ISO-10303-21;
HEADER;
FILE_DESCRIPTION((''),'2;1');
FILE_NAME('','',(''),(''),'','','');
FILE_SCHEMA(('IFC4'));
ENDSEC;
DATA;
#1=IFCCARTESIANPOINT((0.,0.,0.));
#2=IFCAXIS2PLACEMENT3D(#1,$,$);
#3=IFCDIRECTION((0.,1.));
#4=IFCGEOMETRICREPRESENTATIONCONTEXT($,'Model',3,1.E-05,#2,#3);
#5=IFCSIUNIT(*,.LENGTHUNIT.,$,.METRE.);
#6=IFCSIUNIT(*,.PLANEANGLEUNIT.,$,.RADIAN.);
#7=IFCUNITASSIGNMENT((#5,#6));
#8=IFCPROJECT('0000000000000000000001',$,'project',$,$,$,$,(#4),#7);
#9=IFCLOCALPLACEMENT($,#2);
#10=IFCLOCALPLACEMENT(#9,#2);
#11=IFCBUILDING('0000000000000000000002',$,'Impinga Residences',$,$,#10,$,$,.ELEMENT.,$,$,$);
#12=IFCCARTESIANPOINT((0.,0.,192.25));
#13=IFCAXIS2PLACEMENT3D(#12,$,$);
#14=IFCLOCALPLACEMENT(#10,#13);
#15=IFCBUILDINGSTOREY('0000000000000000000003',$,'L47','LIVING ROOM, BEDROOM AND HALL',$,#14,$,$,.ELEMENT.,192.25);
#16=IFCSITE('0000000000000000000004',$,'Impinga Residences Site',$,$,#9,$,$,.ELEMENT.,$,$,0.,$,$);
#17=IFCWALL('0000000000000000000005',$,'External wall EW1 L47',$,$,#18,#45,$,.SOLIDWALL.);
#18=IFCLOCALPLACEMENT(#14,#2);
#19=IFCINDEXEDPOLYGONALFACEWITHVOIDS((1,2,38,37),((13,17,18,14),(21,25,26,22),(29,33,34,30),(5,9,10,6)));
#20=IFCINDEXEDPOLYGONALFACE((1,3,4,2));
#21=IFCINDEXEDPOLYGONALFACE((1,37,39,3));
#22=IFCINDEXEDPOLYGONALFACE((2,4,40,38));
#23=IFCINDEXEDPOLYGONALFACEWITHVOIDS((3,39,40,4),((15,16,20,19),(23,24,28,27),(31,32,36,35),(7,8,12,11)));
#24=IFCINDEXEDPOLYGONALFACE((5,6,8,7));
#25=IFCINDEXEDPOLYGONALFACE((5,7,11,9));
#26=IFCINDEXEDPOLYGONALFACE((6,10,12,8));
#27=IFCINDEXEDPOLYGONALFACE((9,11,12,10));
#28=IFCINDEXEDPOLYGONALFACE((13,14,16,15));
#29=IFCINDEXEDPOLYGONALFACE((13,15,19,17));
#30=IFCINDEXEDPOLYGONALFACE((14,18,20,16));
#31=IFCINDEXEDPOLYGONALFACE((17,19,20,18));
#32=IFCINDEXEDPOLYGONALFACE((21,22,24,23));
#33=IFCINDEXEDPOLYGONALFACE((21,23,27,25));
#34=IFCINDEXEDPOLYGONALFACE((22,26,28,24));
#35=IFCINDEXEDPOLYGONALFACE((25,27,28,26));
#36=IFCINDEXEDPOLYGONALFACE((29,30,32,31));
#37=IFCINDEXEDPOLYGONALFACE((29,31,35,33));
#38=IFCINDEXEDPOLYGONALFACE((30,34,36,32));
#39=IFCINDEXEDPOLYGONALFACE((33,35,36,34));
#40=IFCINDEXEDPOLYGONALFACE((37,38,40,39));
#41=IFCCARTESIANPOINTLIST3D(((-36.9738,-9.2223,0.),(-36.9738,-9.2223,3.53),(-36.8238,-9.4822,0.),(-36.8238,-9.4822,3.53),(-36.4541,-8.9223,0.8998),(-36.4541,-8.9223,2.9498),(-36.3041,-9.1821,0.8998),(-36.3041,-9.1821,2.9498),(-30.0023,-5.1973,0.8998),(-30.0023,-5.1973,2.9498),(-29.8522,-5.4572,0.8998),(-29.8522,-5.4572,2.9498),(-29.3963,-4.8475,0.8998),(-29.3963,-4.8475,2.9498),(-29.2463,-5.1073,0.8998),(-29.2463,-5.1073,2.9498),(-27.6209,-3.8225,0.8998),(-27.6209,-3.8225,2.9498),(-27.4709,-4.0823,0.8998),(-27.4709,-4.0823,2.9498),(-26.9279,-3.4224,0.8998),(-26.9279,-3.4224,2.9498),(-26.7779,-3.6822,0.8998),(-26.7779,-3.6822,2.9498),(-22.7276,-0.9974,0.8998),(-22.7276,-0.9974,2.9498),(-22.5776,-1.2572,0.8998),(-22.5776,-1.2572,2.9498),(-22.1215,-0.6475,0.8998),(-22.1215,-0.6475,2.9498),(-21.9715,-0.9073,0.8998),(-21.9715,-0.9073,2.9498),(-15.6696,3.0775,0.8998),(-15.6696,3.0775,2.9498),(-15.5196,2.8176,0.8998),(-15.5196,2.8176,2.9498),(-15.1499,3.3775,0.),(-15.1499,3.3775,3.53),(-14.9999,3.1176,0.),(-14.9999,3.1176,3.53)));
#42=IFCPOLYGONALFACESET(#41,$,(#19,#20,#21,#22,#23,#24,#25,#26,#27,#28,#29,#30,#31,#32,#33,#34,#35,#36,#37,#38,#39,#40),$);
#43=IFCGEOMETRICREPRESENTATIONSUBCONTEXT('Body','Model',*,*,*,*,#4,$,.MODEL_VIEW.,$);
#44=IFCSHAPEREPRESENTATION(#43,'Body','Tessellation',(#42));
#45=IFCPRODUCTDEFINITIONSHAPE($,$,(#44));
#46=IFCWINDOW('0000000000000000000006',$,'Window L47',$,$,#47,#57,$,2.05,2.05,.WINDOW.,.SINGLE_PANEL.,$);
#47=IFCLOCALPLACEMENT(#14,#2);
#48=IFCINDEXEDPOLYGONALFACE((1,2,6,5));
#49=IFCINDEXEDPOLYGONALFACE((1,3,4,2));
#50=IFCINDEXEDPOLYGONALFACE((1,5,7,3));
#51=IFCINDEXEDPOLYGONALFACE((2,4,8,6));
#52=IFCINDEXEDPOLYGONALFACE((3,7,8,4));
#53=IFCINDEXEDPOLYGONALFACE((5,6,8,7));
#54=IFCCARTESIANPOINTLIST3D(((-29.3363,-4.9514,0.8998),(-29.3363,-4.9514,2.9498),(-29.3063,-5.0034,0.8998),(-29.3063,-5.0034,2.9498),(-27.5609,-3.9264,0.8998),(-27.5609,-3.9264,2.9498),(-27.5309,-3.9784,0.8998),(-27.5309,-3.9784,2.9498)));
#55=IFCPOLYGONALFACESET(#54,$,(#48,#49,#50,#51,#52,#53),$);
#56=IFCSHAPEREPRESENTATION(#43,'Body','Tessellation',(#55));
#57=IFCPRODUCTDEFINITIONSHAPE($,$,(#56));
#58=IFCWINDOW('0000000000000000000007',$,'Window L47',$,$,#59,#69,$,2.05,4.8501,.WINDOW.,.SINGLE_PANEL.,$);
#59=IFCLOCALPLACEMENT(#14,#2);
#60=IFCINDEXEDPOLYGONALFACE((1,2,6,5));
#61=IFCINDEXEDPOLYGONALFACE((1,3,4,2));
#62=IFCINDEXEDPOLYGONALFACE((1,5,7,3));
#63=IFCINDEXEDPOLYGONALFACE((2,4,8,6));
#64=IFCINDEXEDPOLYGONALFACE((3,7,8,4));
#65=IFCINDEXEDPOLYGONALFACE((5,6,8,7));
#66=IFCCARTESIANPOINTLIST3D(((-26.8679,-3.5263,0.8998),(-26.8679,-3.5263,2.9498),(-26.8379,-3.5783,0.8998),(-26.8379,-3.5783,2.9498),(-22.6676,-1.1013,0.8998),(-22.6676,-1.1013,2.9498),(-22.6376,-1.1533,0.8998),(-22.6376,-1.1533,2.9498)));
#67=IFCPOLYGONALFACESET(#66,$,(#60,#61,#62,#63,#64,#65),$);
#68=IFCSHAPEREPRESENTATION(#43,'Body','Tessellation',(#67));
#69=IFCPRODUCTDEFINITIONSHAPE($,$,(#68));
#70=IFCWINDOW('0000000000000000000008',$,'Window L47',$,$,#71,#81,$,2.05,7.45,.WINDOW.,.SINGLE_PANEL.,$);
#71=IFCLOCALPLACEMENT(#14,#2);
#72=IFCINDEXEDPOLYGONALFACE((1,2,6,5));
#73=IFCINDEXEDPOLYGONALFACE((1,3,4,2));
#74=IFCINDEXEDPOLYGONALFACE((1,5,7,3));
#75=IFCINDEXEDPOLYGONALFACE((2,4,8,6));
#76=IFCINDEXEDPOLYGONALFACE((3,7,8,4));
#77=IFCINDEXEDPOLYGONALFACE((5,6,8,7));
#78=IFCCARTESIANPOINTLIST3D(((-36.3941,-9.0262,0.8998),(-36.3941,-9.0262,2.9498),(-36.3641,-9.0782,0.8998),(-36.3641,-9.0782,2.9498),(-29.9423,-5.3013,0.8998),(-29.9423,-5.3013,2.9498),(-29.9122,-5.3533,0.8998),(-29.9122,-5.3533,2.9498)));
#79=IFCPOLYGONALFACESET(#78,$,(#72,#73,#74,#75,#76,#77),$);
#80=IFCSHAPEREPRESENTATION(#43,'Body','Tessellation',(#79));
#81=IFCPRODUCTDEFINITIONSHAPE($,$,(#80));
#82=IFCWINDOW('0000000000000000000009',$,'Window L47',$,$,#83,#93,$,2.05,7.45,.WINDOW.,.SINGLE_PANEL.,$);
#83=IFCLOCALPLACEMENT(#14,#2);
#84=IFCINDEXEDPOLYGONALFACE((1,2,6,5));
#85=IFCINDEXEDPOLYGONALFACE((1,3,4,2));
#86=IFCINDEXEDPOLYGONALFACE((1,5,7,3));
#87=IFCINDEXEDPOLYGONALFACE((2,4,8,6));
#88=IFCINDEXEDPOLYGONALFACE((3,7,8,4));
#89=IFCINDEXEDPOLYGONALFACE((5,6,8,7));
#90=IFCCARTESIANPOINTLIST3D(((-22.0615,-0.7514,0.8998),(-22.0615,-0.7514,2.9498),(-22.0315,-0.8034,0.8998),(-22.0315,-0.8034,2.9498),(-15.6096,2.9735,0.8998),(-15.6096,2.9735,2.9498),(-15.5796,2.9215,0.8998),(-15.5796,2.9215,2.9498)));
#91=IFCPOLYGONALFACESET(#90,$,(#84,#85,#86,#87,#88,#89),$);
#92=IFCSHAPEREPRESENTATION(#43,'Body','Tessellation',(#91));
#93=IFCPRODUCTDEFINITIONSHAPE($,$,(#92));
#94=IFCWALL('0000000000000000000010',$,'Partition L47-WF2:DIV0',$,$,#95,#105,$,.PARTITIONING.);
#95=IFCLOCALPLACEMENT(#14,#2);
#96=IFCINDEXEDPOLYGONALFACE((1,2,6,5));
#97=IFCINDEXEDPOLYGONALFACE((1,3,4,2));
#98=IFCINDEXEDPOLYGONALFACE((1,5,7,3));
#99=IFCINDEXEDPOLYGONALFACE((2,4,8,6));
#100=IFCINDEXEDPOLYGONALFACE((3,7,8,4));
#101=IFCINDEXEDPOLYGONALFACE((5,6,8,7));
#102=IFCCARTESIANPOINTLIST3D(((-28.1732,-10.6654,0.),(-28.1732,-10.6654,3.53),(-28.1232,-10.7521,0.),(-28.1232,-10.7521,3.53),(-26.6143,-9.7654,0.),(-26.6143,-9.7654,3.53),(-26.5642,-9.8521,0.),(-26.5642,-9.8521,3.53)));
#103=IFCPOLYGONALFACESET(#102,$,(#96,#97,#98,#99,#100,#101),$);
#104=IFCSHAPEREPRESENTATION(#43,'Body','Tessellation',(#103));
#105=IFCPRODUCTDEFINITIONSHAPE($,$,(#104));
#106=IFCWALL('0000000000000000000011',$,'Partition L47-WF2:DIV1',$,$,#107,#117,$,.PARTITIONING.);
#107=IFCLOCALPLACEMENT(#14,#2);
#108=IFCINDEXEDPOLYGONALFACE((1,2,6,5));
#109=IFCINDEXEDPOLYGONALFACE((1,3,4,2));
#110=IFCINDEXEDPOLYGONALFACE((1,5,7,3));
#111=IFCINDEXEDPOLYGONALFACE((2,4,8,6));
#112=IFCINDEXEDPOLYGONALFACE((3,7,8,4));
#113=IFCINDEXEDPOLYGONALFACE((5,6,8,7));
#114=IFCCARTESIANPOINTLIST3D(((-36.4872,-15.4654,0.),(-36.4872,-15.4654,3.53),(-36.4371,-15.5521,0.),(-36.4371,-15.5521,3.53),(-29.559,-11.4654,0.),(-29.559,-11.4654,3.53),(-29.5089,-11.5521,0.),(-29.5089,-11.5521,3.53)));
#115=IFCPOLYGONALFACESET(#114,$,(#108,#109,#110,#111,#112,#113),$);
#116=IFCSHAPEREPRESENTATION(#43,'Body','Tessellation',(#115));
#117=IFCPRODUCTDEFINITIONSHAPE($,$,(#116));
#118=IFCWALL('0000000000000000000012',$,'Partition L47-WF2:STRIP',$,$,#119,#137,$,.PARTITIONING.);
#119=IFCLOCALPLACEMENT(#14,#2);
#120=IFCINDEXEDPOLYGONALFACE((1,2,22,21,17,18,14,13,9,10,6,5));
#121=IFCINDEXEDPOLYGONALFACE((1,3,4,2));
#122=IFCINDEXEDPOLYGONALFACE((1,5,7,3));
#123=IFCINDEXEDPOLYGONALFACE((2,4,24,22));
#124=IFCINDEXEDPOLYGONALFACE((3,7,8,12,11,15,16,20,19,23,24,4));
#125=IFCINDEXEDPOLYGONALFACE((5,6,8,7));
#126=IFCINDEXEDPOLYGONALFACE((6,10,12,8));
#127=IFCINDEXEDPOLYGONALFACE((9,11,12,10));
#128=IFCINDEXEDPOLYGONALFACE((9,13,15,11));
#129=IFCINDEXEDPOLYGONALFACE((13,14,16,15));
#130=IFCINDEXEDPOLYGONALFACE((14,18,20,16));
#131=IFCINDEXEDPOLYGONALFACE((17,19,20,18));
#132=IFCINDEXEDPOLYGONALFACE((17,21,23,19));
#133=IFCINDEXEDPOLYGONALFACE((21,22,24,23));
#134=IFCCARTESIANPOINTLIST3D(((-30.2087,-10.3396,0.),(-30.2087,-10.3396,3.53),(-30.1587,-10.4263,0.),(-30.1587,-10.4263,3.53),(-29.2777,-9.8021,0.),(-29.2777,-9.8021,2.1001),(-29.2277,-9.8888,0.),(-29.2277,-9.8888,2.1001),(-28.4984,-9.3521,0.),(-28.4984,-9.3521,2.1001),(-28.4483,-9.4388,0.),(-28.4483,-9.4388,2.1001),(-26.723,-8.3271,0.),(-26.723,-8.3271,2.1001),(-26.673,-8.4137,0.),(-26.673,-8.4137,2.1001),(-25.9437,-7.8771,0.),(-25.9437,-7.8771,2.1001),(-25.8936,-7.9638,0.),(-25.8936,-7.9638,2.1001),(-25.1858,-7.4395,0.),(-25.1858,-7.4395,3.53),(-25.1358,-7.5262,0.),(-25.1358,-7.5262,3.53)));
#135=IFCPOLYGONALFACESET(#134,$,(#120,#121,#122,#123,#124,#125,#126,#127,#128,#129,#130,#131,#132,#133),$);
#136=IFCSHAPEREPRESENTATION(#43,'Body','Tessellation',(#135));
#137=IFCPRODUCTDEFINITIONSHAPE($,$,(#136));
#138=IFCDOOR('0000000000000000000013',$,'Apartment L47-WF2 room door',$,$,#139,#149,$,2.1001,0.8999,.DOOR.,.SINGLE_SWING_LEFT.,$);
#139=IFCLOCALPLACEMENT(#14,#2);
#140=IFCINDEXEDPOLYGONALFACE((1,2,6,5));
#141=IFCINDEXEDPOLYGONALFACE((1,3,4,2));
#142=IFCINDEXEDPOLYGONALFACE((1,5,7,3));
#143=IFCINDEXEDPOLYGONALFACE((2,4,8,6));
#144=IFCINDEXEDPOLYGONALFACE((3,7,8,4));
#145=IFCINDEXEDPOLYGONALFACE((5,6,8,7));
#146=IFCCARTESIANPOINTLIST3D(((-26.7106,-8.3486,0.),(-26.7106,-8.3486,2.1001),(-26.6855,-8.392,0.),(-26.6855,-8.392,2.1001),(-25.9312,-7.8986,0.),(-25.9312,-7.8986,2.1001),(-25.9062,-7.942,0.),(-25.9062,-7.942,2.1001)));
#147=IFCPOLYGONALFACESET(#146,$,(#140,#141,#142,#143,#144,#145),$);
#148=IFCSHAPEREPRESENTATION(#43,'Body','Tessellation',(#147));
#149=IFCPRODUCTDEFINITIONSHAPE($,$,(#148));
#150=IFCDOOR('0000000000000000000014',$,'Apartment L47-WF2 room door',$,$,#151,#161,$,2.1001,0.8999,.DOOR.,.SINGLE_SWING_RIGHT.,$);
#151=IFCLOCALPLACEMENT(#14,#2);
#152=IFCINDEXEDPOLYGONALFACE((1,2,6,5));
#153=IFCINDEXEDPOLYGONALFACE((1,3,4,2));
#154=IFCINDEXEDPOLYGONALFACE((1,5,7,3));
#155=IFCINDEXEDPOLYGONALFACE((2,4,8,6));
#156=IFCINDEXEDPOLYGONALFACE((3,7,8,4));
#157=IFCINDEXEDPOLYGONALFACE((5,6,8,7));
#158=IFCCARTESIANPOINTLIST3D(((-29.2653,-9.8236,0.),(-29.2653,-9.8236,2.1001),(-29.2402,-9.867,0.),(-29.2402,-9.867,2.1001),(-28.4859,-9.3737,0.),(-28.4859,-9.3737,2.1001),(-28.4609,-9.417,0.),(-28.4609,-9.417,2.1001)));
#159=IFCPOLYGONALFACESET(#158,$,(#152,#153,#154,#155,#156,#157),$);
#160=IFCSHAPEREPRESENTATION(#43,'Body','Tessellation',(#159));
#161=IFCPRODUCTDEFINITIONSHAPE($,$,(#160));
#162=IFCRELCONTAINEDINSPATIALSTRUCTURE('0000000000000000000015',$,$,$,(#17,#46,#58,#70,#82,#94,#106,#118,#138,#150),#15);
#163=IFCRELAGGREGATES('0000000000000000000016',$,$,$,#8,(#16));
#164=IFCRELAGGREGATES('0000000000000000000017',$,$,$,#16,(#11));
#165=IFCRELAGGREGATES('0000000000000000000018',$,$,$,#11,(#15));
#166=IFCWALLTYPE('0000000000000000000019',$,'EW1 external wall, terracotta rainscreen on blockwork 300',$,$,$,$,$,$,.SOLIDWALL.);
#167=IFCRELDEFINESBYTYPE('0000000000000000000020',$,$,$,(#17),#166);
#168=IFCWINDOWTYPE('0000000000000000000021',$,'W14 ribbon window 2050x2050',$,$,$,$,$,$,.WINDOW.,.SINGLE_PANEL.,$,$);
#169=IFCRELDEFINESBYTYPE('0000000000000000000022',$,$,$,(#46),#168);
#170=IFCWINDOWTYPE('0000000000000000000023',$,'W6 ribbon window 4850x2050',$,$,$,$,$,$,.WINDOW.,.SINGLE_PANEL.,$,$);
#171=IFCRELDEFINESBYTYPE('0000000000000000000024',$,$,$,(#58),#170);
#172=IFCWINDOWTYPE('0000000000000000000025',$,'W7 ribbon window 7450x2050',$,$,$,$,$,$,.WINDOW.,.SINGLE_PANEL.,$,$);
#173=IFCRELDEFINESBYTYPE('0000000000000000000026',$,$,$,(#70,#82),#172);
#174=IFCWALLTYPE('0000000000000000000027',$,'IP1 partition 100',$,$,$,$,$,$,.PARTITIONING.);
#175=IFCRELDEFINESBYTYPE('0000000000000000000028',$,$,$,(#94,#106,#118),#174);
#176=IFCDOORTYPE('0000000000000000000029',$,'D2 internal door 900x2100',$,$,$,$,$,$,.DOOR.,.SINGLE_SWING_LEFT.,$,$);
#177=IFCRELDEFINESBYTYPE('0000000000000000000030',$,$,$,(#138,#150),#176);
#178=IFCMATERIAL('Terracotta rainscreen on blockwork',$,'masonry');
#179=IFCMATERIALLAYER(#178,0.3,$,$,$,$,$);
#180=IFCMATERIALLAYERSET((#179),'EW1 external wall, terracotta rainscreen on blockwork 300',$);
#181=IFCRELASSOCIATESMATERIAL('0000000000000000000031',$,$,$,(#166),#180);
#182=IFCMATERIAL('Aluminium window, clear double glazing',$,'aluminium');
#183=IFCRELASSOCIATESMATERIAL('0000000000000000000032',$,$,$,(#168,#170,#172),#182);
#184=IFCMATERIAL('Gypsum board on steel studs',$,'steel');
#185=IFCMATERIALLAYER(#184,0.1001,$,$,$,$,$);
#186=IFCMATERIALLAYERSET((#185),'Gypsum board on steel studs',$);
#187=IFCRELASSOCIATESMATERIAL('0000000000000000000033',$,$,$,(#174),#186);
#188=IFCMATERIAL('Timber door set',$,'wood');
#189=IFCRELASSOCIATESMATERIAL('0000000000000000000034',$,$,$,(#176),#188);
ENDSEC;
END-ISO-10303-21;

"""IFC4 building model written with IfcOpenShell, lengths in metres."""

from ifc_helpers import new_model, si_unit, direction, frame, frame_2d, origin, place, context, subcontext, project, spatial, rectangle, extrude, material, layer, layer_set, type_object, element, fill, save


model = new_model("IFC4")

# Units and contexts
model_context = context("Model", 3, precision=1e-05, world=origin(), true_north=direction((0.0, 1.0)))
body_context = subcontext(model_context, "Body", "Model", "MODEL_VIEW")
ifc_project = project(units=[si_unit("LENGTHUNIT", "METRE"), si_unit("PLANEANGLEUNIT", "RADIAN")], contexts=[model_context])

# Site, building, storey
site_placement = place(None, origin())
site = spatial("IfcSite", under=ifc_project, at=site_placement, Name="Impinga Residences Site", CompositionType="ELEMENT", RefElevation=0.0)
building_placement = place(site_placement, origin())
building = spatial("IfcBuilding", under=site, at=building_placement, Name="Impinga Residences", CompositionType="ELEMENT")
storey_placement = place(building_placement, frame((0.0, 0.0, 192.25)))
storey = spatial("IfcBuildingStorey", under=building, at=storey_placement, Name="L47", Description="LIVING ROOM, BEDROOM AND HALL", CompositionType="ELEMENT", Elevation=192.25)

# Shared definitions
ifc_material_1 = material(Name="Terracotta rainscreen on blockwork", Category="masonry")
ifc_layer_1 = layer(ifc_material_1, 0.3)
ifc_layer_set_1 = layer_set([ifc_layer_1], Name="EW1 external wall, terracotta rainscreen on blockwork 300")
wall_type_1 = type_object("IfcWallType", Name="EW1 external wall, terracotta rainscreen on blockwork 300", PredefinedType="SOLIDWALL", material=ifc_layer_set_1)

# Wall, openings, windows
wall_1_placement = place(storey_placement, frame((-36.8989, -9.3523, 0.0), z_axis=(0.0, 0.0, 1.0), x_axis=(0.866029, 0.499993, 0.0)))
wall_1 = element("IfcWall", 1, at=wall_1_placement, inside=storey, type_object=wall_type_1, Name="External wall EW1 L47", PredefinedType="SOLIDWALL", context=body_context, shape_type="SweptSolid", body=[
    extrude(rectangle(XDim=25.2, YDim=0.3, at=frame_2d((12.6001, 0.0))), origin(), (0.0, 0.0, 1.0), 3.53),
])
opening_1_placement = place(wall_1_placement, frame((0.6001, 0.0, 0.8999)))
opening_1 = element("IfcOpeningElement", 2, at=opening_1_placement, cuts=wall_1, PredefinedType="OPENING", context=body_context, shape_type="SweptSolid", body=[
    extrude(rectangle(XDim=7.45, YDim=2.05, at=frame_2d((3.7251, 1.0249))), frame((0.0, 0.1599, 0.0), z_axis=(0.0, -1.0, 0.0), x_axis=(1.0, 0.0, 0.0)), (0.0, 0.0, 1.0), 0.3201),
])
opening_2_placement = place(wall_1_placement, frame((8.75, 0.0, 0.8999)))
opening_2 = element("IfcOpeningElement", 3, at=opening_2_placement, cuts=wall_1, PredefinedType="OPENING", context=body_context, shape_type="SweptSolid", body=[
    extrude(rectangle(XDim=2.05, YDim=2.05, at=frame_2d((1.0249, 1.0249))), frame((0.0, 0.1599, 0.0), z_axis=(0.0, -1.0, 0.0), x_axis=(1.0, 0.0, 0.0)), (0.0, 0.0, 1.0), 0.3201),
])
opening_3_placement = place(wall_1_placement, frame((11.6001, 0.0, 0.8999)))
opening_3 = element("IfcOpeningElement", 4, at=opening_3_placement, cuts=wall_1, PredefinedType="OPENING", context=body_context, shape_type="SweptSolid", body=[
    extrude(rectangle(XDim=4.8501, YDim=2.05, at=frame_2d((2.425, 1.0249))), frame((0.0, 0.1599, 0.0), z_axis=(0.0, -1.0, 0.0), x_axis=(1.0, 0.0, 0.0)), (0.0, 0.0, 1.0), 0.3201),
])
opening_4_placement = place(wall_1_placement, frame((17.1499, 0.0, 0.8999)))
opening_4 = element("IfcOpeningElement", 5, at=opening_4_placement, cuts=wall_1, PredefinedType="OPENING", context=body_context, shape_type="SweptSolid", body=[
    extrude(rectangle(XDim=7.45, YDim=2.05, at=frame_2d((3.7251, 1.0249))), frame((0.0, 0.1599, 0.0), z_axis=(0.0, -1.0, 0.0), x_axis=(1.0, 0.0, 0.0)), (0.0, 0.0, 1.0), 0.3201),
])
ifc_material_2 = material(Name="Aluminium window, clear double glazing", Category="aluminium")
window_type_1 = type_object("IfcWindowType", Name="W14 ribbon window 2050x2050", PartitioningType="SINGLE_PANEL", PredefinedType="WINDOW", material=ifc_material_2)
window_1_placement = place(opening_2_placement, origin())
window_1 = element("IfcWindow", 6, at=window_1_placement, inside=storey, type_object=window_type_1, Name="Window L47", OverallHeight=2.05, OverallWidth=2.05, PartitioningType="SINGLE_PANEL", PredefinedType="WINDOW", context=body_context, shape_type="SweptSolid", body=[
    extrude(rectangle(XDim=2.05, YDim=2.05, at=frame_2d((1.0249, 1.0249))), frame((0.0, 0.03, 0.0), z_axis=(0.0, -1.0, 0.0), x_axis=(1.0, 0.0, 0.0)), (0.0, 0.0, 1.0), 0.0601),
])
fill(opening_2, window_1)
window_type_2 = type_object("IfcWindowType", Name="W6 ribbon window 4850x2050", PartitioningType="SINGLE_PANEL", PredefinedType="WINDOW", material=ifc_material_2)
window_2_placement = place(opening_3_placement, origin())
window_2 = element("IfcWindow", 7, at=window_2_placement, inside=storey, type_object=window_type_2, Name="Window L47", OverallHeight=2.05, OverallWidth=4.8501, PartitioningType="SINGLE_PANEL", PredefinedType="WINDOW", context=body_context, shape_type="SweptSolid", body=[
    extrude(rectangle(XDim=4.8501, YDim=2.05, at=frame_2d((2.425, 1.0249))), frame((0.0, 0.03, 0.0), z_axis=(0.0, -1.0, 0.0), x_axis=(1.0, 0.0, 0.0)), (0.0, 0.0, 1.0), 0.0601),
])
fill(opening_3, window_2)
window_type_3 = type_object("IfcWindowType", Name="W7 ribbon window 7450x2050", PartitioningType="SINGLE_PANEL", PredefinedType="WINDOW", material=ifc_material_2)
window_3_placement = place(opening_1_placement, origin())
window_3 = element("IfcWindow", 8, at=window_3_placement, inside=storey, type_object=window_type_3, Name="Window L47", OverallHeight=2.05, OverallWidth=7.45, PartitioningType="SINGLE_PANEL", PredefinedType="WINDOW", context=body_context, shape_type="SweptSolid", body=[
    extrude(rectangle(XDim=7.45, YDim=2.05, at=frame_2d((3.7251, 1.0249))), frame((0.0, 0.03, 0.0), z_axis=(0.0, -1.0, 0.0), x_axis=(1.0, 0.0, 0.0)), (0.0, 0.0, 1.0), 0.0601),
])
fill(opening_1, window_3)
window_4_placement = place(opening_4_placement, origin())
window_4 = element("IfcWindow", 9, at=window_4_placement, inside=storey, type_object=window_type_3, Name="Window L47", OverallHeight=2.05, OverallWidth=7.45, PartitioningType="SINGLE_PANEL", PredefinedType="WINDOW", context=body_context, shape_type="SweptSolid", body=[
    extrude(rectangle(XDim=7.45, YDim=2.05, at=frame_2d((3.7251, 1.0249))), frame((0.0, 0.03, 0.0), z_axis=(0.0, -1.0, 0.0), x_axis=(1.0, 0.0, 0.0)), (0.0, 0.0, 1.0), 0.0601),
])
fill(opening_4, window_4)

# Walls
ifc_material_3 = material(Name="Gypsum board on steel studs", Category="steel")
ifc_layer_2 = layer(ifc_material_3, 0.1001)
ifc_layer_set_2 = layer_set([ifc_layer_2], Name="Gypsum board on steel studs")
wall_type_2 = type_object("IfcWallType", Name="IP1 partition 100", PredefinedType="PARTITIONING", material=ifc_layer_set_2)
wall_2_placement = place(storey_placement, frame((-26.5894, -9.8088, 0.0), z_axis=(0.0, 0.0, 1.0), x_axis=(-0.866048, -0.499961, 0.0)))
element("IfcWall", 10, at=wall_2_placement, inside=storey, type_object=wall_type_2, Name="Partition L47-WF2:DIV0", PredefinedType="PARTITIONING", context=body_context, shape_type="SweptSolid", body=[
    extrude(rectangle(XDim=1.8, YDim=0.1001, at=frame_2d((0.8999, 0.0))), origin(), (0.0, 0.0, 1.0), 3.53),
])
wall_3_placement = place(storey_placement, frame((-29.5339, -11.5088, 0.0), z_axis=(0.0, 0.0, 1.0), x_axis=(-0.866026, -0.499999, 0.0)))
element("IfcWall", 11, at=wall_3_placement, inside=storey, type_object=wall_type_2, Name="Partition L47-WF2:DIV1", PredefinedType="PARTITIONING", context=body_context, shape_type="SweptSolid", body=[
    extrude(rectangle(XDim=8.0, YDim=0.1001, at=frame_2d((4.0, 0.0))), origin(), (0.0, 0.0, 1.0), 3.53),
])

# Wall, openings, doors
wall_4_placement = place(storey_placement, frame((-25.1609, -7.4829, 0.0), z_axis=(0.0, 0.0, 1.0), x_axis=(-0.866015, -0.500019, 0.0)))
wall_4 = element("IfcWall", 12, at=wall_4_placement, inside=storey, type_object=wall_type_2, Name="Partition L47-WF2:STRIP", PredefinedType="PARTITIONING", context=body_context, shape_type="SweptSolid", body=[
    extrude(rectangle(XDim=5.8, YDim=0.1001, at=frame_2d((2.8999, 0.0))), origin(), (0.0, 0.0, 1.0), 3.53),
])
opening_5_placement = place(wall_4_placement, frame((0.875, 0.0, 0.0)))
opening_5 = element("IfcOpeningElement", 13, at=opening_5_placement, cuts=wall_4, PredefinedType="OPENING", context=body_context, shape_type="SweptSolid", body=[
    extrude(rectangle(XDim=0.8999, YDim=2.1001, at=frame_2d((0.45, 1.05))), frame((0.0, 0.0601, 0.0), z_axis=(0.0, -1.0, 0.0), x_axis=(1.0, 0.0, 0.0)), (0.0, 0.0, 1.0), 0.1201),
])
opening_6_placement = place(wall_4_placement, frame((3.825, 0.0, 0.0)))
opening_6 = element("IfcOpeningElement", 14, at=opening_6_placement, cuts=wall_4, PredefinedType="OPENING", context=body_context, shape_type="SweptSolid", body=[
    extrude(rectangle(XDim=0.8999, YDim=2.1001, at=frame_2d((0.45, 1.05))), frame((0.0, 0.0601, 0.0), z_axis=(0.0, -1.0, 0.0), x_axis=(1.0, 0.0, 0.0)), (0.0, 0.0, 1.0), 0.1201),
])
ifc_material_4 = material(Name="Timber door set", Category="wood")
door_type = type_object("IfcDoorType", Name="D2 internal door 900x2100", OperationType="SINGLE_SWING_LEFT", PredefinedType="DOOR", material=ifc_material_4)
door_1_placement = place(opening_5_placement, origin())
door_1 = element("IfcDoor", 15, at=door_1_placement, inside=storey, type_object=door_type, Name="Apartment L47-WF2 room door", OperationType="SINGLE_SWING_LEFT", OverallHeight=2.1001, OverallWidth=0.8999, PredefinedType="DOOR", context=body_context, shape_type="SweptSolid", body=[
    extrude(rectangle(XDim=0.8999, YDim=2.1001, at=frame_2d((0.45, 1.05))), frame((0.0, 0.0249, 0.0), z_axis=(0.0, -1.0, 0.0), x_axis=(1.0, 0.0, 0.0)), (0.0, 0.0, 1.0), 0.05),
])
fill(opening_5, door_1)
door_2_placement = place(opening_6_placement, origin())
door_2 = element("IfcDoor", 16, at=door_2_placement, inside=storey, type_object=door_type, Name="Apartment L47-WF2 room door", OperationType="SINGLE_SWING_RIGHT", OverallHeight=2.1001, OverallWidth=0.8999, PredefinedType="DOOR", context=body_context, shape_type="SweptSolid", body=[
    extrude(rectangle(XDim=0.8999, YDim=2.1001, at=frame_2d((0.45, 1.05))), frame((0.0, 0.0249, 0.0), z_axis=(0.0, -1.0, 0.0), x_axis=(1.0, 0.0, 0.0)), (0.0, 0.0, 1.0), 0.05),
])
fill(opening_6, door_2)

save(model, "model.ifc")
